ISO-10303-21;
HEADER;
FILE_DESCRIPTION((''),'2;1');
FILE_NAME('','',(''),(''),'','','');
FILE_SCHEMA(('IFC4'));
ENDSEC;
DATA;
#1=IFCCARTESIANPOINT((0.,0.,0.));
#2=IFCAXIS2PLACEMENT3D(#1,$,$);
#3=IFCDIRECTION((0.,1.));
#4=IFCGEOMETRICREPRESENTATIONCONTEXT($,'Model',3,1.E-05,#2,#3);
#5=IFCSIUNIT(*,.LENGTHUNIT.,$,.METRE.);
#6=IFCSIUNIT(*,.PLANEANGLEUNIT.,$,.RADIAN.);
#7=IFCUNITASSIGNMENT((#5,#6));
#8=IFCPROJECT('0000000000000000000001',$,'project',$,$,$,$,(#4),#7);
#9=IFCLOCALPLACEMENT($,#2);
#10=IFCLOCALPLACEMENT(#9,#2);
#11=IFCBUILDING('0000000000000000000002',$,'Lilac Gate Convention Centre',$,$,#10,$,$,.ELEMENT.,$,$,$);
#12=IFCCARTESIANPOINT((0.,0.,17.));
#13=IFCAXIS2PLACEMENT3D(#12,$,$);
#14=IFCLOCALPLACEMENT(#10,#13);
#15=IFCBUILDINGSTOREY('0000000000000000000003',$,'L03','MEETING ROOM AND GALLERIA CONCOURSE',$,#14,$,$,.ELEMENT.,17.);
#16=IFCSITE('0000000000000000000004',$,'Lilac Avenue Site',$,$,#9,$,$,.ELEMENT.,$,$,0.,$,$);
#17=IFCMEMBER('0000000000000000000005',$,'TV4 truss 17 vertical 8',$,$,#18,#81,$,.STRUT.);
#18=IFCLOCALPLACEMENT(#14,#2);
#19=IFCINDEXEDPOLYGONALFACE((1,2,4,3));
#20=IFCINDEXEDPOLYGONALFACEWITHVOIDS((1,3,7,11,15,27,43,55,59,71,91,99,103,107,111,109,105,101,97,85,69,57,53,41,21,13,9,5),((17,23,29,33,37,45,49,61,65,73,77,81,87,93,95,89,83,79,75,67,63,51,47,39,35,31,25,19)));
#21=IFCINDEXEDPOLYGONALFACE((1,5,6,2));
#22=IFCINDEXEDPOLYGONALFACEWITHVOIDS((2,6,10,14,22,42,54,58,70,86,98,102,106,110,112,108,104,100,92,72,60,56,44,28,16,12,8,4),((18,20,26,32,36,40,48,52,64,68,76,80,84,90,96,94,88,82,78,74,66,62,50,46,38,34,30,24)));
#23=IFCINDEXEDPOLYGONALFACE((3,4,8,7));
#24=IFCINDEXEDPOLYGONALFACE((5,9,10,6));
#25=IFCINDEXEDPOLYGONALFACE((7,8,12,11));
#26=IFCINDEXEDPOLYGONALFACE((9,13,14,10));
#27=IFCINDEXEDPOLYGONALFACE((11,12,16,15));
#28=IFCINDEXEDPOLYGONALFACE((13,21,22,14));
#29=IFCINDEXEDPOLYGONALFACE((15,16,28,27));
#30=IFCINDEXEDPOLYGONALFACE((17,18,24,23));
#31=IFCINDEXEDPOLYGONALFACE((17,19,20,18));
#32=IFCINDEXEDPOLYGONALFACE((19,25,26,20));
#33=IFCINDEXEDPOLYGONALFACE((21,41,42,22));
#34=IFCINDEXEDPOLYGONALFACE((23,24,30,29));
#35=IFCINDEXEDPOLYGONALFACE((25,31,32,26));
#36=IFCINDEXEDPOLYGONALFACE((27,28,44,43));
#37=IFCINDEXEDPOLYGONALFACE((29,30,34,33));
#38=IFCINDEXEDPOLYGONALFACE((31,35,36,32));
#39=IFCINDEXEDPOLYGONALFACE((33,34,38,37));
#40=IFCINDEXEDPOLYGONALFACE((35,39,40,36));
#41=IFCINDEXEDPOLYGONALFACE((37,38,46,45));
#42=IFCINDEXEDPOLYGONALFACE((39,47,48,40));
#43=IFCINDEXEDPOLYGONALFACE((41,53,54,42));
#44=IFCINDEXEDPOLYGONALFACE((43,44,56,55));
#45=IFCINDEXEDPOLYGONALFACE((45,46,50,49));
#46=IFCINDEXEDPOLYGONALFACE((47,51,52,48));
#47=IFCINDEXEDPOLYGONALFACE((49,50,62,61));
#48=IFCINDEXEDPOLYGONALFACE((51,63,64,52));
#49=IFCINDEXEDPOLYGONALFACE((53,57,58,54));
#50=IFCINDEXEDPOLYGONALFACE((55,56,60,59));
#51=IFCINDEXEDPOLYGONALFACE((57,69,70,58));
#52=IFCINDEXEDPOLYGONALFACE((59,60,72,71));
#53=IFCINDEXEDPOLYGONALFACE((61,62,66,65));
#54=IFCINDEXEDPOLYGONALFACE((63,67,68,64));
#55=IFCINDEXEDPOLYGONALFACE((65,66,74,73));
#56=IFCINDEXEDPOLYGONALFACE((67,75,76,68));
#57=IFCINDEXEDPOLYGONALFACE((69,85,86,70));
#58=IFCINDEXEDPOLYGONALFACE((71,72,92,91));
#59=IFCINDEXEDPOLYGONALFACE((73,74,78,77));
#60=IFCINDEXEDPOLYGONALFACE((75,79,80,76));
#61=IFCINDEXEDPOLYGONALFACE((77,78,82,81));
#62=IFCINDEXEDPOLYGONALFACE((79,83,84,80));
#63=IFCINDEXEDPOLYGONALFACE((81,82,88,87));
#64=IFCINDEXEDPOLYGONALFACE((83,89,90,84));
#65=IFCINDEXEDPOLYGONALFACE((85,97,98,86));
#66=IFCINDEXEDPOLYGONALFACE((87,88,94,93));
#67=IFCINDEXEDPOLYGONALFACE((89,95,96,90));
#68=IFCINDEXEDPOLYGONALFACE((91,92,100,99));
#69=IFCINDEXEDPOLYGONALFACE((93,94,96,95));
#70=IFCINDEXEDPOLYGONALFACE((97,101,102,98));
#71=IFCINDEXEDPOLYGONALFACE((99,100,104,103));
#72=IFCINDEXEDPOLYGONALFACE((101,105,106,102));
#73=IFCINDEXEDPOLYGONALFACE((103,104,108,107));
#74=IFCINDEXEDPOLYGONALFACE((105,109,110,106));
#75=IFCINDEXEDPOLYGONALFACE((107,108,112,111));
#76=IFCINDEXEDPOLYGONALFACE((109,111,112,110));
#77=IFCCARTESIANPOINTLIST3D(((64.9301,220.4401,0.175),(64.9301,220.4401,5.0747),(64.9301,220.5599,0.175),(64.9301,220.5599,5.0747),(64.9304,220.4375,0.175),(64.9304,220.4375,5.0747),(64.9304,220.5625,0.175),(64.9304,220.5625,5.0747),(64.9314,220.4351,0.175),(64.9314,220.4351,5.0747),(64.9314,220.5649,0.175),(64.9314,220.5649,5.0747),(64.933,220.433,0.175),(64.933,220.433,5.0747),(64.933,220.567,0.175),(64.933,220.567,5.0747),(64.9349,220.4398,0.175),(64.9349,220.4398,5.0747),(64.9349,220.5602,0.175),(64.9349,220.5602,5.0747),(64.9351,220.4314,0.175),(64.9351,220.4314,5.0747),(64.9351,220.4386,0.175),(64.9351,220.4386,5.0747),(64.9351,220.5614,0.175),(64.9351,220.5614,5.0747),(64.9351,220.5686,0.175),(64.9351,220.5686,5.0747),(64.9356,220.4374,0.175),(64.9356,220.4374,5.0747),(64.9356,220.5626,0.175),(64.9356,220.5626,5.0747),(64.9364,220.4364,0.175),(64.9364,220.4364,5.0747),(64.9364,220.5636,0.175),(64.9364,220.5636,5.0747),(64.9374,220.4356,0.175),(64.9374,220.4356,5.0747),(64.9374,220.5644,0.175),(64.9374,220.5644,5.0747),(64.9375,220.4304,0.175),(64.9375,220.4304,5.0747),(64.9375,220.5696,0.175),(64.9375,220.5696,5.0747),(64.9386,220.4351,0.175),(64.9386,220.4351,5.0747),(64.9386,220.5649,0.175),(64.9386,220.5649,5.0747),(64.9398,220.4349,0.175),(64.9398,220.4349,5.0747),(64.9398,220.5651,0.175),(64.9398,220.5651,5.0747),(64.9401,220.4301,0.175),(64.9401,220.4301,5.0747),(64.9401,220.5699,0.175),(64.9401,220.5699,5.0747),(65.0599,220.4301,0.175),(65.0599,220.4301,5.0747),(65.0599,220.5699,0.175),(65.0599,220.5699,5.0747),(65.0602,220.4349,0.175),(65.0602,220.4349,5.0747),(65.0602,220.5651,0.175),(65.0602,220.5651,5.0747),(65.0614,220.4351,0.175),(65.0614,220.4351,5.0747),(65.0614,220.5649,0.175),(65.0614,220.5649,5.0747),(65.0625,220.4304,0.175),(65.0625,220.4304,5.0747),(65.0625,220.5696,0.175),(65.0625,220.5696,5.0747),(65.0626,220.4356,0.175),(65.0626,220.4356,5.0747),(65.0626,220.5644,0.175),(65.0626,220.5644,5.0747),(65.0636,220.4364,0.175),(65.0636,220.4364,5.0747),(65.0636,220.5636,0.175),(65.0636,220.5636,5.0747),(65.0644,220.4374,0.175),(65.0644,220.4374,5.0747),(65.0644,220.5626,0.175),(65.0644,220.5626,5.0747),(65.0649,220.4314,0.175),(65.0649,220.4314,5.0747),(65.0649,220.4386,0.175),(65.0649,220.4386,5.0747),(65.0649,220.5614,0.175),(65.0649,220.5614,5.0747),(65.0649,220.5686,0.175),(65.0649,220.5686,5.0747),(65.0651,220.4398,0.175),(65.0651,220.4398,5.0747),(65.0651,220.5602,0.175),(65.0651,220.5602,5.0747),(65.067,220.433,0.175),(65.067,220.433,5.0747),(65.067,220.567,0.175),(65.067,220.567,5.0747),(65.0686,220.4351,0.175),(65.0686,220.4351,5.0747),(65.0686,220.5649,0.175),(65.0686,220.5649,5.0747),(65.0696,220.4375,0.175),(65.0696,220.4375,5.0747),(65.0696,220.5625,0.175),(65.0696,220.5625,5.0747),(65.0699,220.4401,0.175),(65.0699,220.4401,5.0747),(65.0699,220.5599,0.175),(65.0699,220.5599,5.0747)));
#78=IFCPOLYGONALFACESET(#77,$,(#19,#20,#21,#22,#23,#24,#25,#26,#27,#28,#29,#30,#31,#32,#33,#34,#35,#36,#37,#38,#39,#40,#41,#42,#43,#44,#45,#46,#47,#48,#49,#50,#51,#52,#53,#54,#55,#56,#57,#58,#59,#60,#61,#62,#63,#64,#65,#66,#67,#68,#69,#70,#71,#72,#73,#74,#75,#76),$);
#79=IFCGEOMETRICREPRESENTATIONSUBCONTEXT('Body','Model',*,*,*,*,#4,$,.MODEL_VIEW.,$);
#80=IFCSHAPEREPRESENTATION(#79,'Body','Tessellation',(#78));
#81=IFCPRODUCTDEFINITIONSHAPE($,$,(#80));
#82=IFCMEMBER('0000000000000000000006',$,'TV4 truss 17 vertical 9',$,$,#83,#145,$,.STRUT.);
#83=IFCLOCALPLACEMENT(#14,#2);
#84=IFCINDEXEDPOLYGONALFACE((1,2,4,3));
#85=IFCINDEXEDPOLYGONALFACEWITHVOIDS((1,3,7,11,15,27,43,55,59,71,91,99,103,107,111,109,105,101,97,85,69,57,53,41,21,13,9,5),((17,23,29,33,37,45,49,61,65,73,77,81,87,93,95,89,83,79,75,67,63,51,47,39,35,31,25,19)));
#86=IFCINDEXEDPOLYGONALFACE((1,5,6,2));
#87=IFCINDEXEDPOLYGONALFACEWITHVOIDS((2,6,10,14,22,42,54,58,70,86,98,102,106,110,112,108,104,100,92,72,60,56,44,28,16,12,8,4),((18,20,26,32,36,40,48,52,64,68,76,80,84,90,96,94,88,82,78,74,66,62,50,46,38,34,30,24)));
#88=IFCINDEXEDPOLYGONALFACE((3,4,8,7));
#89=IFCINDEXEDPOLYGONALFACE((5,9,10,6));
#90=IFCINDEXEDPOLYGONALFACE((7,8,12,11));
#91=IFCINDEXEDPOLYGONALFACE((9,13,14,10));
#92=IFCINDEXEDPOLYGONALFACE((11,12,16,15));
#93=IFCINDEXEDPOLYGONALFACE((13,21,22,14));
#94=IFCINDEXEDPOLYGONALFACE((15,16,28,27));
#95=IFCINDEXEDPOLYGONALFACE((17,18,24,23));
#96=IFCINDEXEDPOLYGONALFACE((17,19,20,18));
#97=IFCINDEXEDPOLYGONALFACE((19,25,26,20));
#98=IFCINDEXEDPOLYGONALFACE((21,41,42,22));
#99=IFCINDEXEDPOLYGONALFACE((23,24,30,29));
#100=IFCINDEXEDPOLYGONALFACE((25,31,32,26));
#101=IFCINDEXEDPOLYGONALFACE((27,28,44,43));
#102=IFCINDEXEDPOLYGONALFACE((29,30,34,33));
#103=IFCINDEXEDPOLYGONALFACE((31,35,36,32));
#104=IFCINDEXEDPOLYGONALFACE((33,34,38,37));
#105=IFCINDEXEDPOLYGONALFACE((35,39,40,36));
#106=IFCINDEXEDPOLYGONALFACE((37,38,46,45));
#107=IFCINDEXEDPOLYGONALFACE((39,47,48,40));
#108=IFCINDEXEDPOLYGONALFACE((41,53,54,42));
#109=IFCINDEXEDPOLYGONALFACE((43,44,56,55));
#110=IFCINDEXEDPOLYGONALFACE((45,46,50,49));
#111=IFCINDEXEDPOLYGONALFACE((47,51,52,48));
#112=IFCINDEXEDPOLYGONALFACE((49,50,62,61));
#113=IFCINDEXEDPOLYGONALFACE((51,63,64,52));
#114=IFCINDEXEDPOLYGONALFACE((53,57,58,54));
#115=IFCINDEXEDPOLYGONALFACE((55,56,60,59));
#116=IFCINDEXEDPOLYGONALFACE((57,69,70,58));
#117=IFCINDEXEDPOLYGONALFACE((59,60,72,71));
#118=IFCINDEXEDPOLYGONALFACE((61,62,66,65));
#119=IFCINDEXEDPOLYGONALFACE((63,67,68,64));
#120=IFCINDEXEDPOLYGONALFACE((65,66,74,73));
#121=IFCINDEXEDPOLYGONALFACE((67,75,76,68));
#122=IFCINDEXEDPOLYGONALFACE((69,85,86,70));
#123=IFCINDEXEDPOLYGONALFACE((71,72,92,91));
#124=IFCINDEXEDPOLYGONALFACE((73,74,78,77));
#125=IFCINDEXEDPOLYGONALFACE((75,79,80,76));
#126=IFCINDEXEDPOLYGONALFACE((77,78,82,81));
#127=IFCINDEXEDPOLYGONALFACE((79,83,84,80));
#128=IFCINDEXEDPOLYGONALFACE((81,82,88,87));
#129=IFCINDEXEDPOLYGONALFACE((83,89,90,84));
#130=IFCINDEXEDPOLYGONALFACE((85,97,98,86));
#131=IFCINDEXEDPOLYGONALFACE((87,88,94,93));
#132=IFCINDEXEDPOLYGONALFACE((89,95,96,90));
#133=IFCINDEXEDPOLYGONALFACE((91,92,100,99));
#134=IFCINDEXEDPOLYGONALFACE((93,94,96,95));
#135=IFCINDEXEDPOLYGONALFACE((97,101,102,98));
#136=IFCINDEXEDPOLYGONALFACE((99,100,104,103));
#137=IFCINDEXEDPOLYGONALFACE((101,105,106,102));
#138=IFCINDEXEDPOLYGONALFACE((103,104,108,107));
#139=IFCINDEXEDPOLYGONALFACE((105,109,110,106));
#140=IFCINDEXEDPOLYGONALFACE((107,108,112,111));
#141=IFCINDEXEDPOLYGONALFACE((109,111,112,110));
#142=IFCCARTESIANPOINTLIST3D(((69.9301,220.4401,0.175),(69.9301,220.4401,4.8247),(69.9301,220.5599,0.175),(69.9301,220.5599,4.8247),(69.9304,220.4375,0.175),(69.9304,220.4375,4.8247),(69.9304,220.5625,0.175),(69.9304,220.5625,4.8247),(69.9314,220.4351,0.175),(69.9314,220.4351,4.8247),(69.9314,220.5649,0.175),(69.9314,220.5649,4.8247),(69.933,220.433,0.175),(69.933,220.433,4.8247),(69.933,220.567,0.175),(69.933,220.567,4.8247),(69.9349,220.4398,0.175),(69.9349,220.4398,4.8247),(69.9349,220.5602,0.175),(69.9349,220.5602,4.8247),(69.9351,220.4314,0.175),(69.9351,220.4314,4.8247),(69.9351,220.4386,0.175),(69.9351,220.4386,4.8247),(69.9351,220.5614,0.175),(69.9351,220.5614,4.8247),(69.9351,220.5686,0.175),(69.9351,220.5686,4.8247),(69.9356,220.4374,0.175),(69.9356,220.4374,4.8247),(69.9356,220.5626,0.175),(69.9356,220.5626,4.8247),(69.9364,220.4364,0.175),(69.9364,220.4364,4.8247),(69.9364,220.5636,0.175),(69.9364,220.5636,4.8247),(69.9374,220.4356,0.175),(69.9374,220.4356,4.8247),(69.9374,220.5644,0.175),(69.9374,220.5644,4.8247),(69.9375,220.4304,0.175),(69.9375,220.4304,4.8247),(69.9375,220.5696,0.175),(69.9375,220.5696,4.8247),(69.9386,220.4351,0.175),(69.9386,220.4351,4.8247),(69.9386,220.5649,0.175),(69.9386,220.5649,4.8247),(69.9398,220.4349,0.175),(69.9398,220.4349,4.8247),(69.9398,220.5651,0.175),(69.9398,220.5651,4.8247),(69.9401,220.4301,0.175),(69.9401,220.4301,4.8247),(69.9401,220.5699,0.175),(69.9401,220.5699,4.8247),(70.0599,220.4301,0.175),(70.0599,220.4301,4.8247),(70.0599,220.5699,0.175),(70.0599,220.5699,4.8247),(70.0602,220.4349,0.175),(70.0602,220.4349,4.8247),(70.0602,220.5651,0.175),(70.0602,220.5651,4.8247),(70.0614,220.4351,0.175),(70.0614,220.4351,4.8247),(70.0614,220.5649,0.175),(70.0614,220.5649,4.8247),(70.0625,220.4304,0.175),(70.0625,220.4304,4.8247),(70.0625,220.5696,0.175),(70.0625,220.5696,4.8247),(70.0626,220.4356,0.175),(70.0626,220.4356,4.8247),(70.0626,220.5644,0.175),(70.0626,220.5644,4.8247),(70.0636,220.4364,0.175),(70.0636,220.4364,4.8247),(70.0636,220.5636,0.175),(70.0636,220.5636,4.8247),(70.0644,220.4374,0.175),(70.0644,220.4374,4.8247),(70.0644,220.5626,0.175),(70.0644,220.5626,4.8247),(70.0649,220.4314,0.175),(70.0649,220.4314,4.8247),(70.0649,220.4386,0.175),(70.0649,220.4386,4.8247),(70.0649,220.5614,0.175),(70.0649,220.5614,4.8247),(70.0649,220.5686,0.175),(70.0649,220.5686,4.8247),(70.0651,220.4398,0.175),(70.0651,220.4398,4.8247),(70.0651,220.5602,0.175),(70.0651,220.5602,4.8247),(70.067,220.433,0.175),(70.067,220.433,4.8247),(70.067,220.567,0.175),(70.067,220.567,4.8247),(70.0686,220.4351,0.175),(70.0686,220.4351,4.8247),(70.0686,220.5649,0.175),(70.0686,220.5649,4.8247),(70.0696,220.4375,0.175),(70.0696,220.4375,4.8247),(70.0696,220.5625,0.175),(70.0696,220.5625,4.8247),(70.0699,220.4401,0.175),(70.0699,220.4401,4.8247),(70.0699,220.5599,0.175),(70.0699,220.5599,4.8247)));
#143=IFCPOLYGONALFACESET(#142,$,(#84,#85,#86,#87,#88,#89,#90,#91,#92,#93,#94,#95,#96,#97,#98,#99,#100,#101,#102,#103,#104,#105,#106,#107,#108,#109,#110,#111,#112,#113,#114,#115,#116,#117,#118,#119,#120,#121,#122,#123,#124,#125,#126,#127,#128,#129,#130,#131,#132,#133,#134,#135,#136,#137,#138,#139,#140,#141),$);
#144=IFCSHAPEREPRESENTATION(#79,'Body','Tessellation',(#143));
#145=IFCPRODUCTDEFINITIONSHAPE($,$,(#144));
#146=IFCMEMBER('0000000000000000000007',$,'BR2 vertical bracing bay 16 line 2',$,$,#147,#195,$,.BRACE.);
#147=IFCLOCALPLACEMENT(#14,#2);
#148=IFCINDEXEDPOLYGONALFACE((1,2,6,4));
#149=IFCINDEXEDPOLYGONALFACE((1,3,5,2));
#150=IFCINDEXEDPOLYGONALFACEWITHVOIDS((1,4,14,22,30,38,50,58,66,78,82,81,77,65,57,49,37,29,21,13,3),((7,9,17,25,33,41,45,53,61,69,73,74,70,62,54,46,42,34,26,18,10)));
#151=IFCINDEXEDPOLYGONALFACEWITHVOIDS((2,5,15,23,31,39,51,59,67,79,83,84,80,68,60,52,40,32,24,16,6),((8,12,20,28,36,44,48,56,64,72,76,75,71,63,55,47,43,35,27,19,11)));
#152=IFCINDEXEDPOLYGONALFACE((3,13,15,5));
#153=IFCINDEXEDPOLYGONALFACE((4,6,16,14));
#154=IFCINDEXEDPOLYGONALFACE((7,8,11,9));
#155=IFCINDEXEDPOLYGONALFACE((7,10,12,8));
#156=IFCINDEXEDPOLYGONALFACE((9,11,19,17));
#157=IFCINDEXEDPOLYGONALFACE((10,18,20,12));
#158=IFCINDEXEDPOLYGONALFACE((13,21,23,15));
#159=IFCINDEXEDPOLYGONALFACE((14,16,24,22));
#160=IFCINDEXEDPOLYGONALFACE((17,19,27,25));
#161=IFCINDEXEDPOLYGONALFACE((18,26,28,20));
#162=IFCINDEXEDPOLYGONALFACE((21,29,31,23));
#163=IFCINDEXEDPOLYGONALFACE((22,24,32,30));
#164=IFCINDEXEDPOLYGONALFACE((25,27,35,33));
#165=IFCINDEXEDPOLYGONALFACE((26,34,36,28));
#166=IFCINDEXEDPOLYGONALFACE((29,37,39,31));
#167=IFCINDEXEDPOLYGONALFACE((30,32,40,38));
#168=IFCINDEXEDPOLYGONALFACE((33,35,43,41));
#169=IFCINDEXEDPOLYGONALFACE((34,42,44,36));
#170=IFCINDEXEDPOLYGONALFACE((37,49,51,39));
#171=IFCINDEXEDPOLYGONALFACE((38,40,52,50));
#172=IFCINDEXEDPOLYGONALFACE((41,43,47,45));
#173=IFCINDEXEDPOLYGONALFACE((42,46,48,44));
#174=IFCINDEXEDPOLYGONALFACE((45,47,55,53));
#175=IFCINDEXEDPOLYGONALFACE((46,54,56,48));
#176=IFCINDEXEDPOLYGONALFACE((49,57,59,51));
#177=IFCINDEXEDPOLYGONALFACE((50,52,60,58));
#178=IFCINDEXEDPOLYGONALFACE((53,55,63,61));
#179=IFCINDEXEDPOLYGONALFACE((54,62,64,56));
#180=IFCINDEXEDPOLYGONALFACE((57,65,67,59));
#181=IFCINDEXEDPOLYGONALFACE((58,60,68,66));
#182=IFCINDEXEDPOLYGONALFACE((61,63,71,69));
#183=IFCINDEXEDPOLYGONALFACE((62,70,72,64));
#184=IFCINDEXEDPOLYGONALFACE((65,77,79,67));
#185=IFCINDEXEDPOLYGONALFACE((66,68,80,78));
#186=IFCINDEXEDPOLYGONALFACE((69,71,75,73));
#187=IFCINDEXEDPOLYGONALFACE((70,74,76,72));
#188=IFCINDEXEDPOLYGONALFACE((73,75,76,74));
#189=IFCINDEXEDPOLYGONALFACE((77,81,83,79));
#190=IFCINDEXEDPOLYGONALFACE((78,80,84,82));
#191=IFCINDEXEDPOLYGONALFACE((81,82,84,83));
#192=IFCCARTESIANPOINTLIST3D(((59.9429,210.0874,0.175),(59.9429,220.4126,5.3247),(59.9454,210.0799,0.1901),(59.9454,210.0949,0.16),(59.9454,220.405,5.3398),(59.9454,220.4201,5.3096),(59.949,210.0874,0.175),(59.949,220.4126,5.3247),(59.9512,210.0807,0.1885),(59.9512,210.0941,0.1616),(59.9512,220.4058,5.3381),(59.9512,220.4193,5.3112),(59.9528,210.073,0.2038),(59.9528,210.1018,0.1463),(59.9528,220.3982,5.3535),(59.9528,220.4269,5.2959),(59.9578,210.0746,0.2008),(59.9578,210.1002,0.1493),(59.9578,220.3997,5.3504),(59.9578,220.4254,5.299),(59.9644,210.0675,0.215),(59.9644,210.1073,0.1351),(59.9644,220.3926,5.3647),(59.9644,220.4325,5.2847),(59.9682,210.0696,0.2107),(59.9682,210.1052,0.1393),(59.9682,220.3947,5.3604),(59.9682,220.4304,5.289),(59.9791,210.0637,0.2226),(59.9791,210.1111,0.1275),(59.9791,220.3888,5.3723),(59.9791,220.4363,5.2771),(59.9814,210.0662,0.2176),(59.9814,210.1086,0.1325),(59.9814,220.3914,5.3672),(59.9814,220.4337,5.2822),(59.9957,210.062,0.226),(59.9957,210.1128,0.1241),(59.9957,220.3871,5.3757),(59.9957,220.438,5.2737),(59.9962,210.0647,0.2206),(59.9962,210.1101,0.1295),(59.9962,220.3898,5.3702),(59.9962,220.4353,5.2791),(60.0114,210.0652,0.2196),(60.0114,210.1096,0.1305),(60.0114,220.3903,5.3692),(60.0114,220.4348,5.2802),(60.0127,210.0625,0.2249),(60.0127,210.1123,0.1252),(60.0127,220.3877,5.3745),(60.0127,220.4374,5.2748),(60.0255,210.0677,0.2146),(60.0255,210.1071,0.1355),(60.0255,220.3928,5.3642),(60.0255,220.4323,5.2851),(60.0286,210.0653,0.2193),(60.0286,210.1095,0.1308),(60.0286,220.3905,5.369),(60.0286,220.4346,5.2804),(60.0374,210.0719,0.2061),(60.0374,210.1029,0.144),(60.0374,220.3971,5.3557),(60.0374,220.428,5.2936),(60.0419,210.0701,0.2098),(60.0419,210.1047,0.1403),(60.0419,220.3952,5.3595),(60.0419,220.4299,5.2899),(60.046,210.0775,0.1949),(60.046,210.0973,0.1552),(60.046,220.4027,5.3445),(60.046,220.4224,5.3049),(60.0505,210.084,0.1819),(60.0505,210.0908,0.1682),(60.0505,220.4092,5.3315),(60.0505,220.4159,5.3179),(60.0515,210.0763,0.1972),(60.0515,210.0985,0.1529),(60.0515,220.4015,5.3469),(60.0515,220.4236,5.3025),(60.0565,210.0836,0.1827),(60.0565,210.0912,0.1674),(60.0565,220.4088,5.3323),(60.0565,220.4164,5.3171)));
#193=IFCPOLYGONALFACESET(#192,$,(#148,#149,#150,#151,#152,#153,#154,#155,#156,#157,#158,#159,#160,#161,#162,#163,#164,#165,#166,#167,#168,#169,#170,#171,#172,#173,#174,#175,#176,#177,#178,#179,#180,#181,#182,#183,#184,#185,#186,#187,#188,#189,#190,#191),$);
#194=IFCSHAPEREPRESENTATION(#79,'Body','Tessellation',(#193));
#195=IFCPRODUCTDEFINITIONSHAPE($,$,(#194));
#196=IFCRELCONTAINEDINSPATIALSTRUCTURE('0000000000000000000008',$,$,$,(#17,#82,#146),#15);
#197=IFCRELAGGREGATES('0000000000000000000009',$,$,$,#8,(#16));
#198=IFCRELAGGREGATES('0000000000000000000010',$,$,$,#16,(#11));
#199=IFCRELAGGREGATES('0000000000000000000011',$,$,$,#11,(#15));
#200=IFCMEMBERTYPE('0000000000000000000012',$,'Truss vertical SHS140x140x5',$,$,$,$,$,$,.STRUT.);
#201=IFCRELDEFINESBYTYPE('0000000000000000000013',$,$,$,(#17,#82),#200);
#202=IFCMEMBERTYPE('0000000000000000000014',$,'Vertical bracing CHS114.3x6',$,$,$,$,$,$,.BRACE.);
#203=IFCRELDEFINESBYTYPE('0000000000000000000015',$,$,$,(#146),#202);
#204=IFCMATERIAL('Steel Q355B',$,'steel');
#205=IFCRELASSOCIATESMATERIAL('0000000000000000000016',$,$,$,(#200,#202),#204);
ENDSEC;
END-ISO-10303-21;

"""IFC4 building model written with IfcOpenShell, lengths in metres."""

from ifc_helpers import new_model, si_unit, direction, frame, origin, origin_2d, place, context, subcontext, project, spatial, hollow_rectangle, hollow_circle, extrude, material, material_profile, profile_set, type_object, element, save


model = new_model("IFC4")

# Units and contexts
model_context = context("Model", 3, precision=1e-05, world=origin(), true_north=direction((0.0, 1.0)))
body_context = subcontext(model_context, "Body", "Model", "MODEL_VIEW")
ifc_project = project(units=[si_unit("LENGTHUNIT", "METRE"), si_unit("PLANEANGLEUNIT", "RADIAN")], contexts=[model_context])

# Site, building, storey
site_placement = place(None, origin())
site = spatial("IfcSite", under=ifc_project, at=site_placement, Name="Lilac Avenue Site", CompositionType="ELEMENT", RefElevation=0.0)
building_placement = place(site_placement, origin())
building = spatial("IfcBuilding", under=site, at=building_placement, Name="Lilac Gate Convention Centre", CompositionType="ELEMENT")
storey_placement = place(building_placement, frame((0.0, 0.0, 17.0)))
storey = spatial("IfcBuildingStorey", under=building, at=storey_placement, Name="L03", Description="MEETING ROOM AND GALLERIA CONCOURSE", CompositionType="ELEMENT", Elevation=17.0)

# Members
ifc_material = material(Name="Steel Q355B", Category="steel")
ifc_material_profile_1 = material_profile(ifc_material, hollow_rectangle(XDim=0.1399, YDim=0.1399, WallThickness=0.0049, InnerFilletRadius=0.0049, OuterFilletRadius=0.01, at=origin_2d()), Name="SHS140x140x5")
ifc_profile_set_1 = profile_set([ifc_material_profile_1], Name="Steel Q355B")
member_type_1 = type_object("IfcMemberType", Name="Truss vertical SHS140x140x5", PredefinedType="STRUT", material=ifc_profile_set_1)
member_1_placement = place(storey_placement, frame((65.0, 220.5, 0.175), z_axis=(0.0, 0.0, 1.0), x_axis=(1.0, 0.0, 0.0)))
element("IfcMember", 1, at=member_1_placement, inside=storey, type_object=member_type_1, Name="TV4 truss 17 vertical 8", PredefinedType="STRUT", context=body_context, shape_type="SweptSolid", body=[
    extrude(hollow_rectangle(XDim=0.1399, YDim=0.1399, WallThickness=0.0049, InnerFilletRadius=0.0049, OuterFilletRadius=0.01, at=origin_2d()), origin(), (0.0, 0.0, 1.0), 4.8997),
])
member_2_placement = place(storey_placement, frame((70.0, 220.5, 0.175), z_axis=(0.0, 0.0, 1.0), x_axis=(1.0, 0.0, 0.0)))
element("IfcMember", 2, at=member_2_placement, inside=storey, type_object=member_type_1, Name="TV4 truss 17 vertical 9", PredefinedType="STRUT", context=body_context, shape_type="SweptSolid", body=[
    extrude(hollow_rectangle(XDim=0.1399, YDim=0.1399, WallThickness=0.0049, InnerFilletRadius=0.0049, OuterFilletRadius=0.01, at=origin_2d()), origin(), (0.0, 0.0, 1.0), 4.6497),
])
ifc_material_profile_2 = material_profile(ifc_material, hollow_circle(Radius=0.0571, WallThickness=0.0061, at=origin_2d()), Name="CHS114.3x6")
ifc_profile_set_2 = profile_set([ifc_material_profile_2], Name="Steel Q355B")
member_type_2 = type_object("IfcMemberType", Name="Vertical bracing CHS114.3x6", PredefinedType="BRACE", material=ifc_profile_set_2)
member_3_placement = place(storey_placement, frame((60.0, 210.0874, 0.175), z_axis=(0.0, 0.894875, 0.446316), x_axis=(-1.0, 0.0, 0.0)))
element("IfcMember", 3, at=member_3_placement, inside=storey, type_object=member_type_2, Name="BR2 vertical bracing bay 16 line 2", PredefinedType="BRACE", context=body_context, shape_type="SweptSolid", body=[
    extrude(hollow_circle(Radius=0.0571, WallThickness=0.0061, at=origin_2d()), origin(), (0.0, 0.0, 1.0), 11.5381),
])

save(model, "model.ifc")
